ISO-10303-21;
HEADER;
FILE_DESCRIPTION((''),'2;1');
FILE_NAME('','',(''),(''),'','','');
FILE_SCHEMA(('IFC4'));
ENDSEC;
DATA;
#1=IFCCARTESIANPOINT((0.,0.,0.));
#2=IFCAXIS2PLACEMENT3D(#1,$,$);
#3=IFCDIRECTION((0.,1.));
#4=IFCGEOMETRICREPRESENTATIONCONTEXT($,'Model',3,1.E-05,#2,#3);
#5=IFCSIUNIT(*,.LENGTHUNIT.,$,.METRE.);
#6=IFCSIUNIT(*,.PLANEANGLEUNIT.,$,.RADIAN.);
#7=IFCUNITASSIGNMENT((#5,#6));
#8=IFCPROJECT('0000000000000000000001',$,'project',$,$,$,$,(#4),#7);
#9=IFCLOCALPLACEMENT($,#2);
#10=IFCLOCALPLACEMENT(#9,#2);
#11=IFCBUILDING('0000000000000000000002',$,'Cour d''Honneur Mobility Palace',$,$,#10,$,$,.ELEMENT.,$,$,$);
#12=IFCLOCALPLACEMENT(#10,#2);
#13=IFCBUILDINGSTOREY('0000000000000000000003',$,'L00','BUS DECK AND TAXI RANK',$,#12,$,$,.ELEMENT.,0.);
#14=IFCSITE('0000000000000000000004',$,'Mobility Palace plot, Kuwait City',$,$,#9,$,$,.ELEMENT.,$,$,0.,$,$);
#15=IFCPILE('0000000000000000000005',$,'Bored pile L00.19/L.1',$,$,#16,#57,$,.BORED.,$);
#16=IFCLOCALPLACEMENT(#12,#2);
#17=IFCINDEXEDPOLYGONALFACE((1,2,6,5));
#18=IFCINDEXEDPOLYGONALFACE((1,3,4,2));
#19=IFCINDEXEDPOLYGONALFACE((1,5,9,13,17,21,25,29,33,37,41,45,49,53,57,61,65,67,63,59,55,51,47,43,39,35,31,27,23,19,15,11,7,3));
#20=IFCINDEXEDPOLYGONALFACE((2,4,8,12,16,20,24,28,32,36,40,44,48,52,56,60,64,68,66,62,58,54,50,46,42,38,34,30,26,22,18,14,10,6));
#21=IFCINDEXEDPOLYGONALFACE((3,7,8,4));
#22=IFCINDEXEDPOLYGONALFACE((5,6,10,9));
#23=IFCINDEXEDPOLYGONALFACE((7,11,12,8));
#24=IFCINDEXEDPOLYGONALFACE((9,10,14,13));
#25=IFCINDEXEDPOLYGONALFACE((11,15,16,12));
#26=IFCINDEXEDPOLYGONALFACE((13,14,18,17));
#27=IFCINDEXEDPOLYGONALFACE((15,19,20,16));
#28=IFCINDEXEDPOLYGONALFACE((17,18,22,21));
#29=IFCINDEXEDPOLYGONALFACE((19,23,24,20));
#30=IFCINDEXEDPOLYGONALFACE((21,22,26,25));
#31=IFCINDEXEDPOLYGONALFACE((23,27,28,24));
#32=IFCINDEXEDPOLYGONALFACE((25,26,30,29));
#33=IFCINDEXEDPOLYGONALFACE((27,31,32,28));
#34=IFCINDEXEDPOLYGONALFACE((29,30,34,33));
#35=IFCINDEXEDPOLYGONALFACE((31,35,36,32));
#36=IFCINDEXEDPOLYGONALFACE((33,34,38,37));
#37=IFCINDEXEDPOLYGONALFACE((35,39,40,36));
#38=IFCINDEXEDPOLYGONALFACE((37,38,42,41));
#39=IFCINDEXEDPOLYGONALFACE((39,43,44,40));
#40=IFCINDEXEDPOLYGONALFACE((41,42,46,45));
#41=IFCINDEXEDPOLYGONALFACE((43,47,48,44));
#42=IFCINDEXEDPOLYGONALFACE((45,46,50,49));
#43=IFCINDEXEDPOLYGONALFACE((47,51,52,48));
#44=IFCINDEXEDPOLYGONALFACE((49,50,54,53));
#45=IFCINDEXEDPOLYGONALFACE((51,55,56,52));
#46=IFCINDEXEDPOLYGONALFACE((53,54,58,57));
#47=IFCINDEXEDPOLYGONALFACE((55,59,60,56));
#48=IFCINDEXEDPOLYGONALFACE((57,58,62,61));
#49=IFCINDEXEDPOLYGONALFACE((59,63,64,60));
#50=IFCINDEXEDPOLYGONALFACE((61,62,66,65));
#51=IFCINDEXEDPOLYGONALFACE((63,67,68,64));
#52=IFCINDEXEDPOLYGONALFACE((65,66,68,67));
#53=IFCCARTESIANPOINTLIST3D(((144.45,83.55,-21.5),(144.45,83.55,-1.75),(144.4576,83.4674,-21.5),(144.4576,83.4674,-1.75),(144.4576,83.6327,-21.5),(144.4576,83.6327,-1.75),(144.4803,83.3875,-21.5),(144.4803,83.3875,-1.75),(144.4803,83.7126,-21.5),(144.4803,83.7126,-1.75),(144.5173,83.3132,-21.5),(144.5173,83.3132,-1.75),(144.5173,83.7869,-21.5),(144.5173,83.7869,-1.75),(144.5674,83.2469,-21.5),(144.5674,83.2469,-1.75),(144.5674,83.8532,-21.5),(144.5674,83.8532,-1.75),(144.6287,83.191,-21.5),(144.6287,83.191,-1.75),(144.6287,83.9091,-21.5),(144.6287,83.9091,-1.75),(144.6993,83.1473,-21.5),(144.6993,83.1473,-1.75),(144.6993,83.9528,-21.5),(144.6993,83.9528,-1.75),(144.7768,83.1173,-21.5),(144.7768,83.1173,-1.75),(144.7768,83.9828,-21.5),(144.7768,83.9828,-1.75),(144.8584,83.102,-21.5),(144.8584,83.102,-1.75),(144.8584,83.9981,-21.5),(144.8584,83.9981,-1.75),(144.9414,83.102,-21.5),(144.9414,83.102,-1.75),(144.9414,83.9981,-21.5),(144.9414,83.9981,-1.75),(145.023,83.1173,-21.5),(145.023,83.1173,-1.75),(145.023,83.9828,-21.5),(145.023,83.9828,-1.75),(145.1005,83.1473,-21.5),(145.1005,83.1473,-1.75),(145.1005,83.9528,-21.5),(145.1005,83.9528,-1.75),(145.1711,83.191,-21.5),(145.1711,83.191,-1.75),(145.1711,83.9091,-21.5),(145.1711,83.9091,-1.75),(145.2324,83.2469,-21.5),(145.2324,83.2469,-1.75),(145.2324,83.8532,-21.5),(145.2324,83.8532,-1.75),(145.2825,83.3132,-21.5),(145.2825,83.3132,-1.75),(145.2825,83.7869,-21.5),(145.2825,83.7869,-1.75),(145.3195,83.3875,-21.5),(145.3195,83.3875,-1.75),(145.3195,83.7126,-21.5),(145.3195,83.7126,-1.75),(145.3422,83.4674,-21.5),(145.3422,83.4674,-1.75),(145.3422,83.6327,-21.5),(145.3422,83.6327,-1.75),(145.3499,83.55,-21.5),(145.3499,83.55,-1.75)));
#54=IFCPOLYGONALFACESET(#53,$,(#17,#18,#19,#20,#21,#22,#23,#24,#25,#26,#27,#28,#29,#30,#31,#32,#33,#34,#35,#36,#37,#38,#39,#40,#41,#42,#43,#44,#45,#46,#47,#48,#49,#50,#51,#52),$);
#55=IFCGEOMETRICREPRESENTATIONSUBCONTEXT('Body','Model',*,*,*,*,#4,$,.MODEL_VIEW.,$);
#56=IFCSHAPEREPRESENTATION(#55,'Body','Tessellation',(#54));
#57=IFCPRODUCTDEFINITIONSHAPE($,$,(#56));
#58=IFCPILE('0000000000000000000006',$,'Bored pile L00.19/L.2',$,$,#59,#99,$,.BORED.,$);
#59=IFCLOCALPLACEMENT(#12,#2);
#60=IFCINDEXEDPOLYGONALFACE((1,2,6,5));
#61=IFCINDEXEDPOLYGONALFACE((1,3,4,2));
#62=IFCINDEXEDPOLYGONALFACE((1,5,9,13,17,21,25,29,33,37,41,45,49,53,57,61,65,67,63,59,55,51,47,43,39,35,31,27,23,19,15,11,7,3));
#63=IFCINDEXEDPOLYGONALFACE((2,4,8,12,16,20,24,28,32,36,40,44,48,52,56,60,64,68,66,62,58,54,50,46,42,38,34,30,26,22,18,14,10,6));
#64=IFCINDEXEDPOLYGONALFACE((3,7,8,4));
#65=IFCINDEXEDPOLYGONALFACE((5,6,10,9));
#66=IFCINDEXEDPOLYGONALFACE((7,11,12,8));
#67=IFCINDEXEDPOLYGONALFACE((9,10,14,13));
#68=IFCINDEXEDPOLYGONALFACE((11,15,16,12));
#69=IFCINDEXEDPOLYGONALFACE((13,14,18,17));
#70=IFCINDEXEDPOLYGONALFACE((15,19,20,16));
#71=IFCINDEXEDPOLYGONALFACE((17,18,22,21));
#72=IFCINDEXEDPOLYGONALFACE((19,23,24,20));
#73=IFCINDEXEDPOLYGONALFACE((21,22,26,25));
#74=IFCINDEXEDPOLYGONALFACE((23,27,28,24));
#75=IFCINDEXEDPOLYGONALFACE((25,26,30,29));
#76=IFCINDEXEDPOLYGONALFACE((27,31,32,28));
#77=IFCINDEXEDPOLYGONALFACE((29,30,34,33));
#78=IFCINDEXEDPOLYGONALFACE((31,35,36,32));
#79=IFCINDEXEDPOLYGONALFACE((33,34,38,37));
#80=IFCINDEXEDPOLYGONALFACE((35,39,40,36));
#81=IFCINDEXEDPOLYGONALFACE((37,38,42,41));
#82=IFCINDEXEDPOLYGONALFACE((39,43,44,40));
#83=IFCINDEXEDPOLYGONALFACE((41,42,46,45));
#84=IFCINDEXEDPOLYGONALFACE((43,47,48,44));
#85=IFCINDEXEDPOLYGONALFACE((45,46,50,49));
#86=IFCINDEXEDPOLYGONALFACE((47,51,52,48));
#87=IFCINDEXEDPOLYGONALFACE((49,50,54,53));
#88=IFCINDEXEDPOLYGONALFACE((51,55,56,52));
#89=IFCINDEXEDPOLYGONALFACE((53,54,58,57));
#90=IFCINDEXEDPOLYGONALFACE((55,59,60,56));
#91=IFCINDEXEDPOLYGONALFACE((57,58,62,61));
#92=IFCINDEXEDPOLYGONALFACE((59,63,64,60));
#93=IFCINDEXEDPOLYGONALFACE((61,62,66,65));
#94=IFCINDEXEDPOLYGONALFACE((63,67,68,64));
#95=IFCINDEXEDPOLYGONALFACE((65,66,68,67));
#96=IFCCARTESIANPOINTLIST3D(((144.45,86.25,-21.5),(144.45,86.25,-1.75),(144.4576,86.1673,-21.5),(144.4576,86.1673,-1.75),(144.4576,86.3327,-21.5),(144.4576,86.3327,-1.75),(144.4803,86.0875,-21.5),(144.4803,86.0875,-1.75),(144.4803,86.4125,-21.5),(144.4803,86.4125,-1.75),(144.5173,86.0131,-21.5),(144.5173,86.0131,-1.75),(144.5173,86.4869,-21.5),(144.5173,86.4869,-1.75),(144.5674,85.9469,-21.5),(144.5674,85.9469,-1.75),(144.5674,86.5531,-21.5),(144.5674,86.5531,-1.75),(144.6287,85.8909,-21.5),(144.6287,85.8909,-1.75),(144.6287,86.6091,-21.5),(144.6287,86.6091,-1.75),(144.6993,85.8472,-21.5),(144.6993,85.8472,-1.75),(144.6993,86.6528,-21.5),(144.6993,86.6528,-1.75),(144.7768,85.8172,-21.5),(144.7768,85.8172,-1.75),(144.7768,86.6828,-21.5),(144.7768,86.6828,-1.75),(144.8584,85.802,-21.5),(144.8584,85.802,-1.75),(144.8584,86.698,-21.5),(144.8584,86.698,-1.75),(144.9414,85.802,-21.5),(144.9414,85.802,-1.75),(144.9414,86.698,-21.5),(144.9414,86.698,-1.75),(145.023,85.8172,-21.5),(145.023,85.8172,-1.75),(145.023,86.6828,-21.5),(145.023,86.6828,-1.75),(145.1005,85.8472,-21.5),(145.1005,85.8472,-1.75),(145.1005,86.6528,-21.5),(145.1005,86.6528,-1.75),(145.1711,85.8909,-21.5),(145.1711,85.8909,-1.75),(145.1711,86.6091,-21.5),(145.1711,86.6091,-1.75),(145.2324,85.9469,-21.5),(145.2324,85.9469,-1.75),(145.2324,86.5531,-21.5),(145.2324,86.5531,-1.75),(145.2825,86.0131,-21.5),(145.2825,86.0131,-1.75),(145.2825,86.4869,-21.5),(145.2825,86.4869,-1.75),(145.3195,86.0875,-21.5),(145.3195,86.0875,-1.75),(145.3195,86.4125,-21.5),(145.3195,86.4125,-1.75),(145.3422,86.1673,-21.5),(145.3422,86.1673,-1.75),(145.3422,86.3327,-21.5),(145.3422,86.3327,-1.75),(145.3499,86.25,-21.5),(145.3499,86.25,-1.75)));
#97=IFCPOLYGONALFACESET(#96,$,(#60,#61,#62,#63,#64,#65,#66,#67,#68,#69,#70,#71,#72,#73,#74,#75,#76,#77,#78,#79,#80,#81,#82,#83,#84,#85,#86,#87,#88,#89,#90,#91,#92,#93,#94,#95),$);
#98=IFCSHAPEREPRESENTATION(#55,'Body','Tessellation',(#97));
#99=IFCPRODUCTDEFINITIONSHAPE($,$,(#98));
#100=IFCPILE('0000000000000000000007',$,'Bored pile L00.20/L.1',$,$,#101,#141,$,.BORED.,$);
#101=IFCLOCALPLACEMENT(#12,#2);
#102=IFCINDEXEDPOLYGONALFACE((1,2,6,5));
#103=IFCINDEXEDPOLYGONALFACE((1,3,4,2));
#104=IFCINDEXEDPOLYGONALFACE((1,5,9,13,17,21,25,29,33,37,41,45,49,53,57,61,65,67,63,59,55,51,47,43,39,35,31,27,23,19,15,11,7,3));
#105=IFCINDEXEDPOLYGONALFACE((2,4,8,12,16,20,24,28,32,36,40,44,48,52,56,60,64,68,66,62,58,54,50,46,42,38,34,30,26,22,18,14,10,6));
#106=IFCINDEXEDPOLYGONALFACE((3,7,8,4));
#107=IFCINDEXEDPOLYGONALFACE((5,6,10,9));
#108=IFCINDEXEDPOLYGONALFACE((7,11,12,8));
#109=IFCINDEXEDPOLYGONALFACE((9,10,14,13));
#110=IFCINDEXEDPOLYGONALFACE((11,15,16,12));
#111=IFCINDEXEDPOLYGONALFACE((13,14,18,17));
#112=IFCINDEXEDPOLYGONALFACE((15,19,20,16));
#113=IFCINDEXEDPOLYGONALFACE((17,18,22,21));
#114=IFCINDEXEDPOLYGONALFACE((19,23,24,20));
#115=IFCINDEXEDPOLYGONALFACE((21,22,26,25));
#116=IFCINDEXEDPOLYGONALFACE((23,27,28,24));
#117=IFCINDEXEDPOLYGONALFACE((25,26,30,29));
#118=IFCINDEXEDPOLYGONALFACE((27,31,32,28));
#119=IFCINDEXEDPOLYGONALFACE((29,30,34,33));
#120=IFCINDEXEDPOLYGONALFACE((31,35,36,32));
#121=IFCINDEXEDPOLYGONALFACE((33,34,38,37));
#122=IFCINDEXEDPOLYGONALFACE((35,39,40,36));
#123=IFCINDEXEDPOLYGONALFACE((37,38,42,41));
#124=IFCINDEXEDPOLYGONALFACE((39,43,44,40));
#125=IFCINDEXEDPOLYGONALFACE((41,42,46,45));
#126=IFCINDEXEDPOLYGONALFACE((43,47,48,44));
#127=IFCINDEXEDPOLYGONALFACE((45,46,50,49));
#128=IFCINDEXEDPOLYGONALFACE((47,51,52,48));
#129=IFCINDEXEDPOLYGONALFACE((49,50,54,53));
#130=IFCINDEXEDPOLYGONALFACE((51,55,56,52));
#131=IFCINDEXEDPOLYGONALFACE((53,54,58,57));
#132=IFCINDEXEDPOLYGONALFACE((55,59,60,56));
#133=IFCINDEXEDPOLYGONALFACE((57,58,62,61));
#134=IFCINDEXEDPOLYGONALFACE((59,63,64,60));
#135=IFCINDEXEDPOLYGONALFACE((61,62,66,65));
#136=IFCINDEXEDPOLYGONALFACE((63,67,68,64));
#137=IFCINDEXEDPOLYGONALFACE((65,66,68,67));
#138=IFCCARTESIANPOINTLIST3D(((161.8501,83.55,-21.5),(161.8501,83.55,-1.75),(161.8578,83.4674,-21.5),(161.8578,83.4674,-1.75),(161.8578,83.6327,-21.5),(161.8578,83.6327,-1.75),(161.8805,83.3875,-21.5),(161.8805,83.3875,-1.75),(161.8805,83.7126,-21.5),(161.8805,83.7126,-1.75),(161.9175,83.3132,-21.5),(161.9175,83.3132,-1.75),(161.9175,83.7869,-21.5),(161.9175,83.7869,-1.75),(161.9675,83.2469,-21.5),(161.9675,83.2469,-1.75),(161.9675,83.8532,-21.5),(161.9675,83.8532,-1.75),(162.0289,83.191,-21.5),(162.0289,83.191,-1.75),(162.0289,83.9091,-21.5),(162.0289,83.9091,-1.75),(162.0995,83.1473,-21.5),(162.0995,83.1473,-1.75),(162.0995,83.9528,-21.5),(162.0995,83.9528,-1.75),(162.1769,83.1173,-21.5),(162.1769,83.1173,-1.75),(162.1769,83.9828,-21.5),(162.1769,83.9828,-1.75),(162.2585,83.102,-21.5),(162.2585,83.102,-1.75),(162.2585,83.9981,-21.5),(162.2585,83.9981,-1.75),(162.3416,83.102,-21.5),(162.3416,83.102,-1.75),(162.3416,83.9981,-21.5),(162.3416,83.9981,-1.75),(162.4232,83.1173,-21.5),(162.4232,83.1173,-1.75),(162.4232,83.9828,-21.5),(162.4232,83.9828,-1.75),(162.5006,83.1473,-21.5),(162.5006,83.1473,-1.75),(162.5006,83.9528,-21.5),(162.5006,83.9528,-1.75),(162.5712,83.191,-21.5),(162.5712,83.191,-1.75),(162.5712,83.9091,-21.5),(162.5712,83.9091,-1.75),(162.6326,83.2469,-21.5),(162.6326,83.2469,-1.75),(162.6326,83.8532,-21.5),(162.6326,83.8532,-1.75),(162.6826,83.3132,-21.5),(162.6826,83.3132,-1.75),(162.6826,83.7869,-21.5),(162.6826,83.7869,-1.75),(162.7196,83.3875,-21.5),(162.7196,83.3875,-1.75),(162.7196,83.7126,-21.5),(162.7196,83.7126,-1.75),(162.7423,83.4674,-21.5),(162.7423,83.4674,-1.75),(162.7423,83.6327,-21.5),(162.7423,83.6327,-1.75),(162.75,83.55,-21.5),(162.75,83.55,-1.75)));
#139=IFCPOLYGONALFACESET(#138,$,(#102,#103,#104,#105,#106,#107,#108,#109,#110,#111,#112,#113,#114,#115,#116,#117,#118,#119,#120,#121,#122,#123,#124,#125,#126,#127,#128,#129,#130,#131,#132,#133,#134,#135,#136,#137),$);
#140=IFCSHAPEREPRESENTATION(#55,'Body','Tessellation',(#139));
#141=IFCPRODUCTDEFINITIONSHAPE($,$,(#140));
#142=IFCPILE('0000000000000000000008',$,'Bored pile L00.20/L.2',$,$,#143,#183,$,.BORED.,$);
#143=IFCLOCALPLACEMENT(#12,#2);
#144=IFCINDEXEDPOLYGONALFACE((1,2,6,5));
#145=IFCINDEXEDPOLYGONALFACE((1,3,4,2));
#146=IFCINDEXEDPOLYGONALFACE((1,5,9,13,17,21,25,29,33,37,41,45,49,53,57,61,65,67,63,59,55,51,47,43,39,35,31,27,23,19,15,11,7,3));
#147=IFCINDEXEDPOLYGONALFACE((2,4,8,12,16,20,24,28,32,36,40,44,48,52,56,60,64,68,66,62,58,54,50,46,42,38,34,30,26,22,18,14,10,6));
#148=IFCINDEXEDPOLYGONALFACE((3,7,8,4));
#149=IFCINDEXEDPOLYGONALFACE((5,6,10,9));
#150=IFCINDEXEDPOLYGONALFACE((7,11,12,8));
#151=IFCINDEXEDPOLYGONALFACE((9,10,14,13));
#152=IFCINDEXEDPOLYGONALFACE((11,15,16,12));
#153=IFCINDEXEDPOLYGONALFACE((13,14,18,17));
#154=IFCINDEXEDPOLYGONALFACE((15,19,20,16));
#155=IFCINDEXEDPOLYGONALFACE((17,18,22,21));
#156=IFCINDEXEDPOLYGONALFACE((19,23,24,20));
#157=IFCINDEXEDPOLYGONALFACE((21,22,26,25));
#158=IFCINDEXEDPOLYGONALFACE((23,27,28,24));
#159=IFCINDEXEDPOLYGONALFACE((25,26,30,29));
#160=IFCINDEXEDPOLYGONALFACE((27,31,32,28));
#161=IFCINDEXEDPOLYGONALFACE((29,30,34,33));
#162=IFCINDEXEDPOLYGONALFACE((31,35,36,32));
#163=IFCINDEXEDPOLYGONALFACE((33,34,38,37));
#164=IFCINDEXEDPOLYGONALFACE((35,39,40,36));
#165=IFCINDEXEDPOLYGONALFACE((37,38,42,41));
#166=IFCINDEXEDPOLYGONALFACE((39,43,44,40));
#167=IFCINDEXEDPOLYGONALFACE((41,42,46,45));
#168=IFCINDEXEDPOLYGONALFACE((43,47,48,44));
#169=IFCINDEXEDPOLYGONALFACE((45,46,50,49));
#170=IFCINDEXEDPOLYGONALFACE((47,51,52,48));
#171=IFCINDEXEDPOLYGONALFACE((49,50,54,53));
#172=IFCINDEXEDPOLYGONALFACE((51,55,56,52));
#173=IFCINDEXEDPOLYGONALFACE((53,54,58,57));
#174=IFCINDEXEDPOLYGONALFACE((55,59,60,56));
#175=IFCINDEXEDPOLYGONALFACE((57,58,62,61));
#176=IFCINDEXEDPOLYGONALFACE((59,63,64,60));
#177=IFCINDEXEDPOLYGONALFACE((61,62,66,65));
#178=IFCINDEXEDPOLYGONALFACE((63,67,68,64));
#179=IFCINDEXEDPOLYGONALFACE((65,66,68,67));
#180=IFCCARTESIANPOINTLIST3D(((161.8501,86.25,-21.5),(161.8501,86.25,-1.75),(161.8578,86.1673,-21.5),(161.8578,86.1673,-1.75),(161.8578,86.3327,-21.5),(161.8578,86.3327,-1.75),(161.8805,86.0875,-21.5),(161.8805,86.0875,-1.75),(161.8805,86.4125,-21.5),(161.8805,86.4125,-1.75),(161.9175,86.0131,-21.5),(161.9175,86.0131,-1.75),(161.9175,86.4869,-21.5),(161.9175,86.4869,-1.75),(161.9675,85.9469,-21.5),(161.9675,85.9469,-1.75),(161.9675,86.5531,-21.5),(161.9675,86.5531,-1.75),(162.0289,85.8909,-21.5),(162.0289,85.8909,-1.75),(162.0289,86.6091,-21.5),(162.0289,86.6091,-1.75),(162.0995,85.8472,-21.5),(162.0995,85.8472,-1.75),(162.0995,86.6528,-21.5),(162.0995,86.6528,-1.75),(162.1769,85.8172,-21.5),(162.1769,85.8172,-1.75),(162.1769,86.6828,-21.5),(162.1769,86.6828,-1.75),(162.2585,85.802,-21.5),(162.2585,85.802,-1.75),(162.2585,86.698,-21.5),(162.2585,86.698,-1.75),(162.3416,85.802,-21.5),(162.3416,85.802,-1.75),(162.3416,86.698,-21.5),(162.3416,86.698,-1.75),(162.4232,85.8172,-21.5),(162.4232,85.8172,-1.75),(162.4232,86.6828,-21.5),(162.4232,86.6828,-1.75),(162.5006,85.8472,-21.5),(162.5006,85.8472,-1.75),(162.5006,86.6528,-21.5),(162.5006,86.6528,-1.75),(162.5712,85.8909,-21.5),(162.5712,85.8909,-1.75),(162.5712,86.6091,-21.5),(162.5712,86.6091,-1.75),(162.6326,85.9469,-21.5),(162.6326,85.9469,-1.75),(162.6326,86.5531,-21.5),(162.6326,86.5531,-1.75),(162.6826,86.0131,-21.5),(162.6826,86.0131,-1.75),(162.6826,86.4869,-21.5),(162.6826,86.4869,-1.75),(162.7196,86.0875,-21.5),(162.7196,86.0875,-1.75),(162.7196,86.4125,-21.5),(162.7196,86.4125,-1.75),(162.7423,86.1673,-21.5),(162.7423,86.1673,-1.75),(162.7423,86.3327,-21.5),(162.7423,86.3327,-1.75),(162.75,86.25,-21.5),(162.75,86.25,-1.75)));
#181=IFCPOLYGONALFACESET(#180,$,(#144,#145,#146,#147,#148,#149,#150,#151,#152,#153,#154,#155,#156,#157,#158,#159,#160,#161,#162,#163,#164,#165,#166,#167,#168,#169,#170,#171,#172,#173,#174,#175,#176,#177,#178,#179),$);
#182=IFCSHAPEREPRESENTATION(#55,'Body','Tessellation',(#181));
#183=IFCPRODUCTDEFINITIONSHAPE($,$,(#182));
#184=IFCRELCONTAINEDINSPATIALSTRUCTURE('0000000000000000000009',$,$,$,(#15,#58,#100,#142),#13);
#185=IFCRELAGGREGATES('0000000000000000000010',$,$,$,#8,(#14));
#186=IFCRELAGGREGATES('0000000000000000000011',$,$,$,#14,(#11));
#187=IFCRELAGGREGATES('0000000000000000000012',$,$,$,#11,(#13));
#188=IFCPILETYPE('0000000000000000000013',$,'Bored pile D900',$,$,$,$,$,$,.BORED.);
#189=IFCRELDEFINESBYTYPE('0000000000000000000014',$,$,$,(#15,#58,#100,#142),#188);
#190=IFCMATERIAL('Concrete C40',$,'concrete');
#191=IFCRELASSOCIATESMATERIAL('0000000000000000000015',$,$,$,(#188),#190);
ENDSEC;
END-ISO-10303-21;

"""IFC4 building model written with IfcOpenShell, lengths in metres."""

from ifc_helpers import new_model, si_unit, direction, frame, origin, origin_2d, place, context, subcontext, project, spatial, circle, extrude, material, material_profile, profile_set, type_object, element, save


model = new_model("IFC4")

# Units and contexts
model_context = context("Model", 3, precision=1e-05, world=origin(), true_north=direction((0.0, 1.0)))
body_context = subcontext(model_context, "Body", "Model", "MODEL_VIEW")
ifc_project = project(units=[si_unit("LENGTHUNIT", "METRE"), si_unit("PLANEANGLEUNIT", "RADIAN")], contexts=[model_context])

# Site, building, storey
site_placement = place(None, origin())
site = spatial("IfcSite", under=ifc_project, at=site_placement, Name="Mobility Palace plot, Kuwait City", CompositionType="ELEMENT", RefElevation=0.0)
building_placement = place(site_placement, origin())
building = spatial("IfcBuilding", under=site, at=building_placement, Name="Cour d'Honneur Mobility Palace", CompositionType="ELEMENT")
storey_placement = place(building_placement, origin())
storey = spatial("IfcBuildingStorey", under=building, at=storey_placement, Name="L00", Description="BUS DECK AND TAXI RANK", CompositionType="ELEMENT", Elevation=0.0)

# Piles
ifc_material_1 = material(Name="Concrete C40", Category="concrete")
ifc_material_profile_1 = material_profile(ifc_material_1, circle(Radius=0.45, at=origin_2d()), Name="Bored pile D900")
ifc_profile_set_1 = profile_set([ifc_material_profile_1], Name="Concrete C40")
pile_type = type_object("IfcPileType", Name="Bored pile D900", PredefinedType="BORED", material=ifc_profile_set_1)
for number, where, z_axis, x_axis, name in (
    (1, (144.8999, 83.55, -1.75), (0.0, 0.0, -1.0), (1.0, 0.0, 0.0), "Bored pile L00.19/L.1"),
    (2, (144.8999, 86.25, -1.75), (0.0, 0.0, -1.0), (1.0, 0.0, 0.0), "Bored pile L00.19/L.2"),
    (3, (162.3, 83.55, -1.75), (0.0, 0.0, -1.0), (1.0, 0.0, 0.0), "Bored pile L00.20/L.1"),
    (4, (162.3, 86.25, -1.75), (0.0, 0.0, -1.0), (1.0, 0.0, 0.0), "Bored pile L00.20/L.2"),
):
    element("IfcPile", number, at=place(storey_placement, frame(where, z_axis=z_axis, x_axis=x_axis)), inside=storey, type_object=pile_type, Name=name, PredefinedType="BORED", context=body_context, shape_type="SweptSolid", body=[
        extrude(circle(Radius=0.45, at=origin_2d()), origin(), (0.0, 0.0, 1.0), 19.75),
    ])

save(model, "model.ifc")
